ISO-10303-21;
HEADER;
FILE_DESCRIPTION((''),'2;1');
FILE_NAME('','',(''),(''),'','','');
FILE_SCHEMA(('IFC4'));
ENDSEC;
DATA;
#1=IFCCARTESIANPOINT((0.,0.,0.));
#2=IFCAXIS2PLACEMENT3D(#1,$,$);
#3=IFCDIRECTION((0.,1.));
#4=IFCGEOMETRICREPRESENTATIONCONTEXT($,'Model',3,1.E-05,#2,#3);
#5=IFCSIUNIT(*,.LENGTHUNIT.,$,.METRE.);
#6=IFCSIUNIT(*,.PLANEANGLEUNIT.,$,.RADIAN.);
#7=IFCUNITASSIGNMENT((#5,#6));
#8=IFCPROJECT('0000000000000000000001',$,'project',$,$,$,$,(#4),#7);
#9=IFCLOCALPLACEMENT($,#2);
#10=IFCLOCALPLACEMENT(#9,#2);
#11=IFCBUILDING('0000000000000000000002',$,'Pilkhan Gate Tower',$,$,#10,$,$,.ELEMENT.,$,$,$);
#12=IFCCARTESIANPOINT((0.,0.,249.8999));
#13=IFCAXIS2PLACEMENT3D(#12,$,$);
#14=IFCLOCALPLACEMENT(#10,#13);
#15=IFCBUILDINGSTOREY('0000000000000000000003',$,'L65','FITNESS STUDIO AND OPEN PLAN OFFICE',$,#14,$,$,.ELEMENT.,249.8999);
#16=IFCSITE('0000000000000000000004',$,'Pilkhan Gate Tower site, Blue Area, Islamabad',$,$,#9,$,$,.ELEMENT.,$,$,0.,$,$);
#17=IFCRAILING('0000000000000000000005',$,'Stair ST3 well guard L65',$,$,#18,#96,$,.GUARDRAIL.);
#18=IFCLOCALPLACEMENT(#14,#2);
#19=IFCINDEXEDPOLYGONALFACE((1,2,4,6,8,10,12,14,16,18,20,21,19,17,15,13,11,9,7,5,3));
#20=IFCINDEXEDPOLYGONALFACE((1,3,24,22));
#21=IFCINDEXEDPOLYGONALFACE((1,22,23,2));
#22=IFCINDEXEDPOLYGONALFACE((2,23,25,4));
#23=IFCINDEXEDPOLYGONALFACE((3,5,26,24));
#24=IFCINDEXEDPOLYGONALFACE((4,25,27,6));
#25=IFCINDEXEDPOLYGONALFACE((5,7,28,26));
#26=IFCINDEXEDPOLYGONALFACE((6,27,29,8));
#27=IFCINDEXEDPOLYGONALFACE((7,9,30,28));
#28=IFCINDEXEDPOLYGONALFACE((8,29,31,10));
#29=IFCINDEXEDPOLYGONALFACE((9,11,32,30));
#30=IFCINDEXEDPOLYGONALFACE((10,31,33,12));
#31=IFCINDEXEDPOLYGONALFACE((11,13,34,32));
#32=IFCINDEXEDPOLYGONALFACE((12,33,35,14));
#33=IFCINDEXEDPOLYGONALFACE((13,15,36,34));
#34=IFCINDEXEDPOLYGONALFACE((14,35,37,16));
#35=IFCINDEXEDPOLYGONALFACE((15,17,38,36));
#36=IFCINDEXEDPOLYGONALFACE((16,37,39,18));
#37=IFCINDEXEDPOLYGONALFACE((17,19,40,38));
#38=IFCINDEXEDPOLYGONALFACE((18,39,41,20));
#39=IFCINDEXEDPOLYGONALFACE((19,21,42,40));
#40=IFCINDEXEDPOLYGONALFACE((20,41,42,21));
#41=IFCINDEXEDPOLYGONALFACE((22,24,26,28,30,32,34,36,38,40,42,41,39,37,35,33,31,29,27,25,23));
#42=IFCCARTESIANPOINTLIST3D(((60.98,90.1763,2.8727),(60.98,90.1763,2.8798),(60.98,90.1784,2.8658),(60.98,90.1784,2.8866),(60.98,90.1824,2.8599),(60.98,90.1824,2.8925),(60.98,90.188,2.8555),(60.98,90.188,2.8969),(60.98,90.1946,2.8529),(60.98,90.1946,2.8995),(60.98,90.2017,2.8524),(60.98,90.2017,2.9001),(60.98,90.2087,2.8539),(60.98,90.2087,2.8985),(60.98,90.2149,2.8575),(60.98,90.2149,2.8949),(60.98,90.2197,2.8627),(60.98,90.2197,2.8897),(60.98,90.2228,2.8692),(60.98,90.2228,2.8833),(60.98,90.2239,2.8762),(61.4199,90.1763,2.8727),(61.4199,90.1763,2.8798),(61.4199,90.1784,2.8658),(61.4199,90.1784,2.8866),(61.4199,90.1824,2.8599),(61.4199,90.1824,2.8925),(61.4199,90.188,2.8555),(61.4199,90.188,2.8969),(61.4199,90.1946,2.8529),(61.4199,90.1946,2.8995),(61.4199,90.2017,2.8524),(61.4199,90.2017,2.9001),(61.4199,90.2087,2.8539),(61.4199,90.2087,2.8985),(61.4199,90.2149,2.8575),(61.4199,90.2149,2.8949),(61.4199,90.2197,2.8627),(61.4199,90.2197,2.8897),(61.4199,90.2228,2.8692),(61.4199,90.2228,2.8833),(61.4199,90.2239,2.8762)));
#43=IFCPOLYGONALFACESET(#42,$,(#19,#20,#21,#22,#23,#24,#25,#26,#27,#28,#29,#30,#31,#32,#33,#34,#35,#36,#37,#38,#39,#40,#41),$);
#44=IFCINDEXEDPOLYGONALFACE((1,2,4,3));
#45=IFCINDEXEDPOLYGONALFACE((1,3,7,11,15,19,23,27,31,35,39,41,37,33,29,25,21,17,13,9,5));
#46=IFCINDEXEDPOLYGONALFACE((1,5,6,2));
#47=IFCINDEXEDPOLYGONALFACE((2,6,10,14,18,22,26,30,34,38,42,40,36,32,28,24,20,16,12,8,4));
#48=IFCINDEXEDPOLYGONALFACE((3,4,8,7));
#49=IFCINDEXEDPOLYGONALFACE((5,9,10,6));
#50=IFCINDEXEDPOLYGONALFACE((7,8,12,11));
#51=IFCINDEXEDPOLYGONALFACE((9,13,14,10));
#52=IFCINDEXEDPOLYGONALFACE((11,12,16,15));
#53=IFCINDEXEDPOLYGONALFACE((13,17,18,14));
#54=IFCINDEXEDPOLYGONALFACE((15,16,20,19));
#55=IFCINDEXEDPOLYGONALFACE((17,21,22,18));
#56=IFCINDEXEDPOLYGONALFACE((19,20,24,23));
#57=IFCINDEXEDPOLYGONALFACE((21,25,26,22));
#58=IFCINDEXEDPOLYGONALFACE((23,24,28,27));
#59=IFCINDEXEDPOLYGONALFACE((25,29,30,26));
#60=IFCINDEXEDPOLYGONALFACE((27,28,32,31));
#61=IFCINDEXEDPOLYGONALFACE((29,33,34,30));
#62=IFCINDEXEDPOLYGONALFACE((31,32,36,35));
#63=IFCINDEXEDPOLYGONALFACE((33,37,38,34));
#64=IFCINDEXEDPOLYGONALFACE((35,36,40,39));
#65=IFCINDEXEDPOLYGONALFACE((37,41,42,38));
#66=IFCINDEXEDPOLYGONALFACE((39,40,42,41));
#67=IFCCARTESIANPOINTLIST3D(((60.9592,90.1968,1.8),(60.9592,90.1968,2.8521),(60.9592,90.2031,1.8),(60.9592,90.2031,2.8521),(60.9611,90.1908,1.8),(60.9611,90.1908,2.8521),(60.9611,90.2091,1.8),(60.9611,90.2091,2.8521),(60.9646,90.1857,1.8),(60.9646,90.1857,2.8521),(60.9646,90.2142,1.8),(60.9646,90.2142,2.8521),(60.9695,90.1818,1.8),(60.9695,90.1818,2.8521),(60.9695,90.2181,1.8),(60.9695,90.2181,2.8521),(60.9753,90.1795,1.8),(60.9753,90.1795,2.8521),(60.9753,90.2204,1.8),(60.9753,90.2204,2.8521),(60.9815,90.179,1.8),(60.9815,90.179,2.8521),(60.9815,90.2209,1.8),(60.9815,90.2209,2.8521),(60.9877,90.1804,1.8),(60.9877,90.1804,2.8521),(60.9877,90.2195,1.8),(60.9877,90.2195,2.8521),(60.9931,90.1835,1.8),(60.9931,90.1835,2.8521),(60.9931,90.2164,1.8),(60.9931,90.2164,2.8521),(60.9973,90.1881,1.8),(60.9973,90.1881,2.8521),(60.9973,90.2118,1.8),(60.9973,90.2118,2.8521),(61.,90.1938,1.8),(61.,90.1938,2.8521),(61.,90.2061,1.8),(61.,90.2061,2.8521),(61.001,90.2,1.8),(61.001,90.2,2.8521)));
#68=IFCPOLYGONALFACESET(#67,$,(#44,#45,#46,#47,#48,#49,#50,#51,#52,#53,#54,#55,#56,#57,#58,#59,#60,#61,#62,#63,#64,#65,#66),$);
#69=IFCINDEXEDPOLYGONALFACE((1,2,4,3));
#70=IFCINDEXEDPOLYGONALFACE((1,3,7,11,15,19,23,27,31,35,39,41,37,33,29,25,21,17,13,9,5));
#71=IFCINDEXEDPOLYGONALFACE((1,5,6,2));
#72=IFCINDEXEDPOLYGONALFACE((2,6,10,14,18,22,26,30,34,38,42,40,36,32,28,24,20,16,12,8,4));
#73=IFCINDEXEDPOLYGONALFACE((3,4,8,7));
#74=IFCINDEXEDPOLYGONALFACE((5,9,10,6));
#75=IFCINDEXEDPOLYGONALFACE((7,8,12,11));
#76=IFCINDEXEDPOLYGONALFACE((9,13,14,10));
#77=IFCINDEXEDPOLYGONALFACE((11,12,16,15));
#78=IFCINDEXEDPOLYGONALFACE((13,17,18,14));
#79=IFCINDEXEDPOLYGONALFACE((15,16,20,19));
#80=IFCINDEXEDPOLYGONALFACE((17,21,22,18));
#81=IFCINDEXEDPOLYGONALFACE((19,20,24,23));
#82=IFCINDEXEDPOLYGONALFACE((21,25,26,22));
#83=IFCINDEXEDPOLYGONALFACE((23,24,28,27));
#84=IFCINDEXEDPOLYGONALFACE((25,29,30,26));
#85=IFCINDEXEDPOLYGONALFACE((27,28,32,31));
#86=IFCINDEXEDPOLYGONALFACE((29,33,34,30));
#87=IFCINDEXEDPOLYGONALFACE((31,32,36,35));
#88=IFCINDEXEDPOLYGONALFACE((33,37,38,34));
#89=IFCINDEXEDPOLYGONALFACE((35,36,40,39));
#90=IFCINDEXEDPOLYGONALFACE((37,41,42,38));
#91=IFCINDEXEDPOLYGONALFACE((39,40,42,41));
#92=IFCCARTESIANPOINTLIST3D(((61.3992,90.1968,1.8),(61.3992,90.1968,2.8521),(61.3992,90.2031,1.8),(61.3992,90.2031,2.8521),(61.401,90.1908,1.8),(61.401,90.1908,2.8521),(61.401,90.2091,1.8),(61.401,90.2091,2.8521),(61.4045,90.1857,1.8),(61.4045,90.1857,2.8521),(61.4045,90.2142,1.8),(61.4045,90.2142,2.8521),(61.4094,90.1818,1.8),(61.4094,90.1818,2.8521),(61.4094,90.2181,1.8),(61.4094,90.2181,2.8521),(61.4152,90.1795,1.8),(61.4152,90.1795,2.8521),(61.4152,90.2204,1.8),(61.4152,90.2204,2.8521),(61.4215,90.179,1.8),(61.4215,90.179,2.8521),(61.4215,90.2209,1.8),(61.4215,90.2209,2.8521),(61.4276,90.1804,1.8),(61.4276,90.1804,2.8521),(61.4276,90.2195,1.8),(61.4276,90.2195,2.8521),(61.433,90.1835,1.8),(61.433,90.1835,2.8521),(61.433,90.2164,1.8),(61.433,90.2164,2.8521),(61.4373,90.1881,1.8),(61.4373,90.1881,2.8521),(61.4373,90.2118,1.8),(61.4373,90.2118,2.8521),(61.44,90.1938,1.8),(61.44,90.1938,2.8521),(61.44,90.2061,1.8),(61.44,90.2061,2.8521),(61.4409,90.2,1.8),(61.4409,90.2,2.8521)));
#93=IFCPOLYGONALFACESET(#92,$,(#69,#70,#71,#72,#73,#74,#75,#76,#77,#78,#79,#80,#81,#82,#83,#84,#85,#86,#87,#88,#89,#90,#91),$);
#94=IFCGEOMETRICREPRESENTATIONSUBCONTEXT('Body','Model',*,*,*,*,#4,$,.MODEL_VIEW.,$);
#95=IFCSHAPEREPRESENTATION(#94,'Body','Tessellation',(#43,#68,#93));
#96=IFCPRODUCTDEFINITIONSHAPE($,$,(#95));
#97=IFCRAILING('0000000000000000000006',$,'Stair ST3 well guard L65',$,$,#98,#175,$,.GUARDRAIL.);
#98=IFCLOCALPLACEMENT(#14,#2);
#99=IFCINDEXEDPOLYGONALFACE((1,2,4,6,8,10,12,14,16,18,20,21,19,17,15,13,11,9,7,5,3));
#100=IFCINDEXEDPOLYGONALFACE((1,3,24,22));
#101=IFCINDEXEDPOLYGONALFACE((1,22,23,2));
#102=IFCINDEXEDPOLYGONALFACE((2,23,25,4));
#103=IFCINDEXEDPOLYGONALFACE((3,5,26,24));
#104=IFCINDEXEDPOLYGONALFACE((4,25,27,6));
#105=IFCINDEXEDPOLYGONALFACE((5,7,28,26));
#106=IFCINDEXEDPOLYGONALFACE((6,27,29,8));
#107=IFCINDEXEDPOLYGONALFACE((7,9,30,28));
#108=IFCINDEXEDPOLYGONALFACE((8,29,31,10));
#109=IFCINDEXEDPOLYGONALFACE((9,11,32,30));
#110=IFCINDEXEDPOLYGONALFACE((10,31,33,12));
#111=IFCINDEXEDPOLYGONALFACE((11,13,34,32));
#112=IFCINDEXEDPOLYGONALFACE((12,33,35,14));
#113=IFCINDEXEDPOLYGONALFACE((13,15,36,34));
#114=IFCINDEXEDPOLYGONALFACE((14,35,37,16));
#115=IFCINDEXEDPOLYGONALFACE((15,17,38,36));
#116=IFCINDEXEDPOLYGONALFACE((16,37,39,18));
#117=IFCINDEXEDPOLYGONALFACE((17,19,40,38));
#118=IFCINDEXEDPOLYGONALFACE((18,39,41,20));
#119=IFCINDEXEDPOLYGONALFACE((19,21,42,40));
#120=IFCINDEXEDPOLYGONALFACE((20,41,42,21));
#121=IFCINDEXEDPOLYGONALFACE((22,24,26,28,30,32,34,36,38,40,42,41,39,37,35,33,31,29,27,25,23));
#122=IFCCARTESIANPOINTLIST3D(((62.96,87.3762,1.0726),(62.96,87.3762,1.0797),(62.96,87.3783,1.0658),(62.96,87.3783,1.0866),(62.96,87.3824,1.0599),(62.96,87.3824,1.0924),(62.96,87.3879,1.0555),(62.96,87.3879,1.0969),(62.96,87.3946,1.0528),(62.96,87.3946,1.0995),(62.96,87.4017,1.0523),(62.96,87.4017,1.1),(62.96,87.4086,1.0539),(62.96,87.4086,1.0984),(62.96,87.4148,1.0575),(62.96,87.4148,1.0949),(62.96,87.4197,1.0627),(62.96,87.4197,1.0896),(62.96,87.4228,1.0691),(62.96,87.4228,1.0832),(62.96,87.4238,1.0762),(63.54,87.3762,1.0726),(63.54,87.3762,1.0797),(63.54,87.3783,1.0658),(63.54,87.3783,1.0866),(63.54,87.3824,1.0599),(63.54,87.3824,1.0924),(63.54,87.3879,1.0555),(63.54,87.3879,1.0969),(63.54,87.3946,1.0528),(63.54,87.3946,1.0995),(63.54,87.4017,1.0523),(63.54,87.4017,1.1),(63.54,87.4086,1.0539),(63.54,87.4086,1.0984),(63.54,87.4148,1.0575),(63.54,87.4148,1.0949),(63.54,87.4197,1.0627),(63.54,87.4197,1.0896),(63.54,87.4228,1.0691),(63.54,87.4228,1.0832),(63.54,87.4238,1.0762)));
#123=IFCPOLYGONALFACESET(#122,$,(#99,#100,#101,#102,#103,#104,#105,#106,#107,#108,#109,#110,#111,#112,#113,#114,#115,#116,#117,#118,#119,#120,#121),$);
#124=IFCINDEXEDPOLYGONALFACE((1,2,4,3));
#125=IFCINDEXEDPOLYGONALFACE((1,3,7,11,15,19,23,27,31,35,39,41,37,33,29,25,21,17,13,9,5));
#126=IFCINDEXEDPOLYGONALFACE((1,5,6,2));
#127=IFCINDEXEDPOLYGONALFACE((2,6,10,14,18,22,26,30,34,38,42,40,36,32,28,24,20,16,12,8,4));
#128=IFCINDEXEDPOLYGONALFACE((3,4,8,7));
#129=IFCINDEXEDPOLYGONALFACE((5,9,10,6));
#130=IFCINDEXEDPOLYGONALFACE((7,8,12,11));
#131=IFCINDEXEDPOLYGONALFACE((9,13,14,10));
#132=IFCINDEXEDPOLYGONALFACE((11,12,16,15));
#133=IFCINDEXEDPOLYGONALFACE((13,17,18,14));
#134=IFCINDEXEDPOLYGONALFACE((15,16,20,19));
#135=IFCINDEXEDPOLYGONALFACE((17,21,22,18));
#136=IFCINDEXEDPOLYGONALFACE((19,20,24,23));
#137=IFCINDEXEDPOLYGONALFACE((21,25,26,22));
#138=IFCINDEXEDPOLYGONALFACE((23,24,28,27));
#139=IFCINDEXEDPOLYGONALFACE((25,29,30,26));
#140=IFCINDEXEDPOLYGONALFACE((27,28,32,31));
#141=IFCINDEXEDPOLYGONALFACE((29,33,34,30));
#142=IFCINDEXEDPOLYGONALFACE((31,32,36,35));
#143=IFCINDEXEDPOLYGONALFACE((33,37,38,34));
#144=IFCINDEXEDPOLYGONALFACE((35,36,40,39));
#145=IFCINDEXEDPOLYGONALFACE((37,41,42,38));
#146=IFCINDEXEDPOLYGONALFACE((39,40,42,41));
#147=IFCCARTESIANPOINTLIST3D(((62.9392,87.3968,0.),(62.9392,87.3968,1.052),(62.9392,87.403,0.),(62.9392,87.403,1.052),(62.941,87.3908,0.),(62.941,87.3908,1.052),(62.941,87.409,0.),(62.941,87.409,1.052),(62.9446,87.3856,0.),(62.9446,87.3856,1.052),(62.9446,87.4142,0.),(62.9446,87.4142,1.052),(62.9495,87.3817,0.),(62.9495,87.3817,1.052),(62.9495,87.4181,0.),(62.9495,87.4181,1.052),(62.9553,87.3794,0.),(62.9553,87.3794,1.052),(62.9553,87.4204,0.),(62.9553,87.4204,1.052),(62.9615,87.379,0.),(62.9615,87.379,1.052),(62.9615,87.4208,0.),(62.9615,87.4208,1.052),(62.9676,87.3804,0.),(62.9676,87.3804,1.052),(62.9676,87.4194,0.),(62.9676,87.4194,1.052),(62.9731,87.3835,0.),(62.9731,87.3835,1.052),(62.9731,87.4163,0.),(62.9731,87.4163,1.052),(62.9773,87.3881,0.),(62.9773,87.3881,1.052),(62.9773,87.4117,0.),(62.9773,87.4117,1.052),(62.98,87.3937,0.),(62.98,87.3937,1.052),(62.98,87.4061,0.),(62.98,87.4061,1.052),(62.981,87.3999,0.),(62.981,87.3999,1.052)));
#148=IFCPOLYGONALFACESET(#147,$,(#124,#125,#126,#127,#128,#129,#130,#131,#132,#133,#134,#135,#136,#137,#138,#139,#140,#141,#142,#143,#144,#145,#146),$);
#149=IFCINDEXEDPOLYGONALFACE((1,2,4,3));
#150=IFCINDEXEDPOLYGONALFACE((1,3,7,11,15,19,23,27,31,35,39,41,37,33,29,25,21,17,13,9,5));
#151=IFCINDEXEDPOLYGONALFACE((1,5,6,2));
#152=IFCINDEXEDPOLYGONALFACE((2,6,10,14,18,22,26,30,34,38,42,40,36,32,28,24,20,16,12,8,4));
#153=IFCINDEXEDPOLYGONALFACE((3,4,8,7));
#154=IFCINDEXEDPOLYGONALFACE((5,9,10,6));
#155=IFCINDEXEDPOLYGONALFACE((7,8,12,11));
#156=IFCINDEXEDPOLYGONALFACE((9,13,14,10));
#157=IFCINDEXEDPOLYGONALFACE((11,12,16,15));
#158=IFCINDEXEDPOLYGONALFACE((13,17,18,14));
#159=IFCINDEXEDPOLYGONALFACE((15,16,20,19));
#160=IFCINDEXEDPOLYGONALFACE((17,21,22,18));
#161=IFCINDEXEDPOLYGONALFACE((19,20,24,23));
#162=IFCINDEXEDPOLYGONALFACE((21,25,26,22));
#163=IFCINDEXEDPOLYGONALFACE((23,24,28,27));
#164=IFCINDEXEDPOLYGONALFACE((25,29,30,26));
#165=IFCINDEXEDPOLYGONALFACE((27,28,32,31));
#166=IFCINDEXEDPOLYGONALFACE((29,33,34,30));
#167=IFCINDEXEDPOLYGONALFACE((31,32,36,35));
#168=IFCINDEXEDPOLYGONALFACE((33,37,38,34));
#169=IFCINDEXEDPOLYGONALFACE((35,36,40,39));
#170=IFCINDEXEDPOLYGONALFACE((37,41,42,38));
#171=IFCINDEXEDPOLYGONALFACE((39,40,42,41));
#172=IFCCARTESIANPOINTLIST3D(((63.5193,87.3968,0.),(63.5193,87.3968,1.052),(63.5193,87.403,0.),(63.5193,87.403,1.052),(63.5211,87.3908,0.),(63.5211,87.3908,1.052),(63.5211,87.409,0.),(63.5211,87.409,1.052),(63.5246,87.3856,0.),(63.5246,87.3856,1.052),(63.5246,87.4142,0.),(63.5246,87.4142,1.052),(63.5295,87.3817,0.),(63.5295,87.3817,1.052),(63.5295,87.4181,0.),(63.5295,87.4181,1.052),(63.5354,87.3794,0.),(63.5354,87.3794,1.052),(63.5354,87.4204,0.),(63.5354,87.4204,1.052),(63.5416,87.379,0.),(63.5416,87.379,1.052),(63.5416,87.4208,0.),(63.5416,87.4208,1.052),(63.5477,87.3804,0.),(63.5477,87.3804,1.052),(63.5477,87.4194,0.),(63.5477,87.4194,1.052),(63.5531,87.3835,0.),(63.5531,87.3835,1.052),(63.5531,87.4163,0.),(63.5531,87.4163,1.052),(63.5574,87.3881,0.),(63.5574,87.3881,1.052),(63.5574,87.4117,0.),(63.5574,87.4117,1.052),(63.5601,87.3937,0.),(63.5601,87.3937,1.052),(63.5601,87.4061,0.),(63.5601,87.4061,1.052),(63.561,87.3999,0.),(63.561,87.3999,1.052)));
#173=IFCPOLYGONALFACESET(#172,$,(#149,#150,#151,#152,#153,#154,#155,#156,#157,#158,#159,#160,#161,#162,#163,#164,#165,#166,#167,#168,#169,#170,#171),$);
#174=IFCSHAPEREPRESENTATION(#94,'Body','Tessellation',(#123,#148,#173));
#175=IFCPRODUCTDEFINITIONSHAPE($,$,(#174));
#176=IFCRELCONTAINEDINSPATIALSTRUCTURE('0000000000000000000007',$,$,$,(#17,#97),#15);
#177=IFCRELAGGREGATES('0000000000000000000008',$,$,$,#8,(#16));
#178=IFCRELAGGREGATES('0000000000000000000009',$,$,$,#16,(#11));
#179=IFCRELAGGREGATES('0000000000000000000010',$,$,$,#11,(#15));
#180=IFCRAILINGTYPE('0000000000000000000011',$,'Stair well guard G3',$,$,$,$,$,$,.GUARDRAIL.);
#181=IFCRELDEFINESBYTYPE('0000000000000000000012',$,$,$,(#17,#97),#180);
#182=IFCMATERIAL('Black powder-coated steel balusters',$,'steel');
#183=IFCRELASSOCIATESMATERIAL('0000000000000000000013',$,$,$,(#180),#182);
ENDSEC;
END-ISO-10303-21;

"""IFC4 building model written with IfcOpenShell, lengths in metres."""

from ifc_helpers import new_model, si_unit, direction, frame, origin, origin_2d, place, context, subcontext, project, spatial, circle, extrude, material, type_object, element, save


model = new_model("IFC4")

# Units and contexts
model_context = context("Model", 3, precision=1e-05, world=origin(), true_north=direction((0.0, 1.0)))
body_context = subcontext(model_context, "Body", "Model", "MODEL_VIEW")
ifc_project = project(units=[si_unit("LENGTHUNIT", "METRE"), si_unit("PLANEANGLEUNIT", "RADIAN")], contexts=[model_context])

# Site, building, storey
site_placement = place(None, origin())
site = spatial("IfcSite", under=ifc_project, at=site_placement, Name="Pilkhan Gate Tower site, Blue Area, Islamabad", CompositionType="ELEMENT", RefElevation=0.0)
building_placement = place(site_placement, origin())
building = spatial("IfcBuilding", under=site, at=building_placement, Name="Pilkhan Gate Tower", CompositionType="ELEMENT")
storey_placement = place(building_placement, frame((0.0, 0.0, 249.8999)))
storey = spatial("IfcBuildingStorey", under=building, at=storey_placement, Name="L65", Description="FITNESS STUDIO AND OPEN PLAN OFFICE", CompositionType="ELEMENT", Elevation=249.8999)

# Railings
ifc_material_1 = material(Name="Black powder-coated steel balusters", Category="steel")
railing_type_1 = type_object("IfcRailingType", Name="Stair well guard G3", PredefinedType="GUARDRAIL", material=ifc_material_1)
railing_1_placement = place(storey_placement, frame((60.98, 90.2, 1.8)))
element("IfcRailing", 1, at=railing_1_placement, inside=storey, type_object=railing_type_1, Name="Stair ST3 well guard L65", PredefinedType="GUARDRAIL", context=body_context, shape_type="SweptSolid", body=[
    extrude(circle(Radius=0.0239, at=origin_2d()), frame((0.0, 0.0, 1.0762), z_axis=(1.0, 0.0, 0.0), x_axis=(0.0, 1.0, 0.0)), (0.0, 0.0, 1.0), 0.4399),
    extrude(circle(Radius=0.021, at=origin_2d()), origin(), (0.0, 0.0, 1.0), 1.052),
    extrude(circle(Radius=0.021, at=origin_2d()), frame((0.4399, 0.0, 0.0)), (0.0, 0.0, 1.0), 1.052),
])
railing_2_placement = place(storey_placement, frame((62.96, 87.3999, 0.0)))
element("IfcRailing", 2, at=railing_2_placement, inside=storey, type_object=railing_type_1, Name="Stair ST3 well guard L65", PredefinedType="GUARDRAIL", context=body_context, shape_type="SweptSolid", body=[
    extrude(circle(Radius=0.0239, at=origin_2d()), frame((0.0, 0.0, 1.0762), z_axis=(1.0, 0.0, 0.0), x_axis=(0.0, 1.0, 0.0)), (0.0, 0.0, 1.0), 0.5801),
    extrude(circle(Radius=0.021, at=origin_2d()), origin(), (0.0, 0.0, 1.0), 1.052),
    extrude(circle(Radius=0.021, at=origin_2d()), frame((0.5801, 0.0, 0.0)), (0.0, 0.0, 1.0), 1.052),
])

save(model, "model.ifc")
